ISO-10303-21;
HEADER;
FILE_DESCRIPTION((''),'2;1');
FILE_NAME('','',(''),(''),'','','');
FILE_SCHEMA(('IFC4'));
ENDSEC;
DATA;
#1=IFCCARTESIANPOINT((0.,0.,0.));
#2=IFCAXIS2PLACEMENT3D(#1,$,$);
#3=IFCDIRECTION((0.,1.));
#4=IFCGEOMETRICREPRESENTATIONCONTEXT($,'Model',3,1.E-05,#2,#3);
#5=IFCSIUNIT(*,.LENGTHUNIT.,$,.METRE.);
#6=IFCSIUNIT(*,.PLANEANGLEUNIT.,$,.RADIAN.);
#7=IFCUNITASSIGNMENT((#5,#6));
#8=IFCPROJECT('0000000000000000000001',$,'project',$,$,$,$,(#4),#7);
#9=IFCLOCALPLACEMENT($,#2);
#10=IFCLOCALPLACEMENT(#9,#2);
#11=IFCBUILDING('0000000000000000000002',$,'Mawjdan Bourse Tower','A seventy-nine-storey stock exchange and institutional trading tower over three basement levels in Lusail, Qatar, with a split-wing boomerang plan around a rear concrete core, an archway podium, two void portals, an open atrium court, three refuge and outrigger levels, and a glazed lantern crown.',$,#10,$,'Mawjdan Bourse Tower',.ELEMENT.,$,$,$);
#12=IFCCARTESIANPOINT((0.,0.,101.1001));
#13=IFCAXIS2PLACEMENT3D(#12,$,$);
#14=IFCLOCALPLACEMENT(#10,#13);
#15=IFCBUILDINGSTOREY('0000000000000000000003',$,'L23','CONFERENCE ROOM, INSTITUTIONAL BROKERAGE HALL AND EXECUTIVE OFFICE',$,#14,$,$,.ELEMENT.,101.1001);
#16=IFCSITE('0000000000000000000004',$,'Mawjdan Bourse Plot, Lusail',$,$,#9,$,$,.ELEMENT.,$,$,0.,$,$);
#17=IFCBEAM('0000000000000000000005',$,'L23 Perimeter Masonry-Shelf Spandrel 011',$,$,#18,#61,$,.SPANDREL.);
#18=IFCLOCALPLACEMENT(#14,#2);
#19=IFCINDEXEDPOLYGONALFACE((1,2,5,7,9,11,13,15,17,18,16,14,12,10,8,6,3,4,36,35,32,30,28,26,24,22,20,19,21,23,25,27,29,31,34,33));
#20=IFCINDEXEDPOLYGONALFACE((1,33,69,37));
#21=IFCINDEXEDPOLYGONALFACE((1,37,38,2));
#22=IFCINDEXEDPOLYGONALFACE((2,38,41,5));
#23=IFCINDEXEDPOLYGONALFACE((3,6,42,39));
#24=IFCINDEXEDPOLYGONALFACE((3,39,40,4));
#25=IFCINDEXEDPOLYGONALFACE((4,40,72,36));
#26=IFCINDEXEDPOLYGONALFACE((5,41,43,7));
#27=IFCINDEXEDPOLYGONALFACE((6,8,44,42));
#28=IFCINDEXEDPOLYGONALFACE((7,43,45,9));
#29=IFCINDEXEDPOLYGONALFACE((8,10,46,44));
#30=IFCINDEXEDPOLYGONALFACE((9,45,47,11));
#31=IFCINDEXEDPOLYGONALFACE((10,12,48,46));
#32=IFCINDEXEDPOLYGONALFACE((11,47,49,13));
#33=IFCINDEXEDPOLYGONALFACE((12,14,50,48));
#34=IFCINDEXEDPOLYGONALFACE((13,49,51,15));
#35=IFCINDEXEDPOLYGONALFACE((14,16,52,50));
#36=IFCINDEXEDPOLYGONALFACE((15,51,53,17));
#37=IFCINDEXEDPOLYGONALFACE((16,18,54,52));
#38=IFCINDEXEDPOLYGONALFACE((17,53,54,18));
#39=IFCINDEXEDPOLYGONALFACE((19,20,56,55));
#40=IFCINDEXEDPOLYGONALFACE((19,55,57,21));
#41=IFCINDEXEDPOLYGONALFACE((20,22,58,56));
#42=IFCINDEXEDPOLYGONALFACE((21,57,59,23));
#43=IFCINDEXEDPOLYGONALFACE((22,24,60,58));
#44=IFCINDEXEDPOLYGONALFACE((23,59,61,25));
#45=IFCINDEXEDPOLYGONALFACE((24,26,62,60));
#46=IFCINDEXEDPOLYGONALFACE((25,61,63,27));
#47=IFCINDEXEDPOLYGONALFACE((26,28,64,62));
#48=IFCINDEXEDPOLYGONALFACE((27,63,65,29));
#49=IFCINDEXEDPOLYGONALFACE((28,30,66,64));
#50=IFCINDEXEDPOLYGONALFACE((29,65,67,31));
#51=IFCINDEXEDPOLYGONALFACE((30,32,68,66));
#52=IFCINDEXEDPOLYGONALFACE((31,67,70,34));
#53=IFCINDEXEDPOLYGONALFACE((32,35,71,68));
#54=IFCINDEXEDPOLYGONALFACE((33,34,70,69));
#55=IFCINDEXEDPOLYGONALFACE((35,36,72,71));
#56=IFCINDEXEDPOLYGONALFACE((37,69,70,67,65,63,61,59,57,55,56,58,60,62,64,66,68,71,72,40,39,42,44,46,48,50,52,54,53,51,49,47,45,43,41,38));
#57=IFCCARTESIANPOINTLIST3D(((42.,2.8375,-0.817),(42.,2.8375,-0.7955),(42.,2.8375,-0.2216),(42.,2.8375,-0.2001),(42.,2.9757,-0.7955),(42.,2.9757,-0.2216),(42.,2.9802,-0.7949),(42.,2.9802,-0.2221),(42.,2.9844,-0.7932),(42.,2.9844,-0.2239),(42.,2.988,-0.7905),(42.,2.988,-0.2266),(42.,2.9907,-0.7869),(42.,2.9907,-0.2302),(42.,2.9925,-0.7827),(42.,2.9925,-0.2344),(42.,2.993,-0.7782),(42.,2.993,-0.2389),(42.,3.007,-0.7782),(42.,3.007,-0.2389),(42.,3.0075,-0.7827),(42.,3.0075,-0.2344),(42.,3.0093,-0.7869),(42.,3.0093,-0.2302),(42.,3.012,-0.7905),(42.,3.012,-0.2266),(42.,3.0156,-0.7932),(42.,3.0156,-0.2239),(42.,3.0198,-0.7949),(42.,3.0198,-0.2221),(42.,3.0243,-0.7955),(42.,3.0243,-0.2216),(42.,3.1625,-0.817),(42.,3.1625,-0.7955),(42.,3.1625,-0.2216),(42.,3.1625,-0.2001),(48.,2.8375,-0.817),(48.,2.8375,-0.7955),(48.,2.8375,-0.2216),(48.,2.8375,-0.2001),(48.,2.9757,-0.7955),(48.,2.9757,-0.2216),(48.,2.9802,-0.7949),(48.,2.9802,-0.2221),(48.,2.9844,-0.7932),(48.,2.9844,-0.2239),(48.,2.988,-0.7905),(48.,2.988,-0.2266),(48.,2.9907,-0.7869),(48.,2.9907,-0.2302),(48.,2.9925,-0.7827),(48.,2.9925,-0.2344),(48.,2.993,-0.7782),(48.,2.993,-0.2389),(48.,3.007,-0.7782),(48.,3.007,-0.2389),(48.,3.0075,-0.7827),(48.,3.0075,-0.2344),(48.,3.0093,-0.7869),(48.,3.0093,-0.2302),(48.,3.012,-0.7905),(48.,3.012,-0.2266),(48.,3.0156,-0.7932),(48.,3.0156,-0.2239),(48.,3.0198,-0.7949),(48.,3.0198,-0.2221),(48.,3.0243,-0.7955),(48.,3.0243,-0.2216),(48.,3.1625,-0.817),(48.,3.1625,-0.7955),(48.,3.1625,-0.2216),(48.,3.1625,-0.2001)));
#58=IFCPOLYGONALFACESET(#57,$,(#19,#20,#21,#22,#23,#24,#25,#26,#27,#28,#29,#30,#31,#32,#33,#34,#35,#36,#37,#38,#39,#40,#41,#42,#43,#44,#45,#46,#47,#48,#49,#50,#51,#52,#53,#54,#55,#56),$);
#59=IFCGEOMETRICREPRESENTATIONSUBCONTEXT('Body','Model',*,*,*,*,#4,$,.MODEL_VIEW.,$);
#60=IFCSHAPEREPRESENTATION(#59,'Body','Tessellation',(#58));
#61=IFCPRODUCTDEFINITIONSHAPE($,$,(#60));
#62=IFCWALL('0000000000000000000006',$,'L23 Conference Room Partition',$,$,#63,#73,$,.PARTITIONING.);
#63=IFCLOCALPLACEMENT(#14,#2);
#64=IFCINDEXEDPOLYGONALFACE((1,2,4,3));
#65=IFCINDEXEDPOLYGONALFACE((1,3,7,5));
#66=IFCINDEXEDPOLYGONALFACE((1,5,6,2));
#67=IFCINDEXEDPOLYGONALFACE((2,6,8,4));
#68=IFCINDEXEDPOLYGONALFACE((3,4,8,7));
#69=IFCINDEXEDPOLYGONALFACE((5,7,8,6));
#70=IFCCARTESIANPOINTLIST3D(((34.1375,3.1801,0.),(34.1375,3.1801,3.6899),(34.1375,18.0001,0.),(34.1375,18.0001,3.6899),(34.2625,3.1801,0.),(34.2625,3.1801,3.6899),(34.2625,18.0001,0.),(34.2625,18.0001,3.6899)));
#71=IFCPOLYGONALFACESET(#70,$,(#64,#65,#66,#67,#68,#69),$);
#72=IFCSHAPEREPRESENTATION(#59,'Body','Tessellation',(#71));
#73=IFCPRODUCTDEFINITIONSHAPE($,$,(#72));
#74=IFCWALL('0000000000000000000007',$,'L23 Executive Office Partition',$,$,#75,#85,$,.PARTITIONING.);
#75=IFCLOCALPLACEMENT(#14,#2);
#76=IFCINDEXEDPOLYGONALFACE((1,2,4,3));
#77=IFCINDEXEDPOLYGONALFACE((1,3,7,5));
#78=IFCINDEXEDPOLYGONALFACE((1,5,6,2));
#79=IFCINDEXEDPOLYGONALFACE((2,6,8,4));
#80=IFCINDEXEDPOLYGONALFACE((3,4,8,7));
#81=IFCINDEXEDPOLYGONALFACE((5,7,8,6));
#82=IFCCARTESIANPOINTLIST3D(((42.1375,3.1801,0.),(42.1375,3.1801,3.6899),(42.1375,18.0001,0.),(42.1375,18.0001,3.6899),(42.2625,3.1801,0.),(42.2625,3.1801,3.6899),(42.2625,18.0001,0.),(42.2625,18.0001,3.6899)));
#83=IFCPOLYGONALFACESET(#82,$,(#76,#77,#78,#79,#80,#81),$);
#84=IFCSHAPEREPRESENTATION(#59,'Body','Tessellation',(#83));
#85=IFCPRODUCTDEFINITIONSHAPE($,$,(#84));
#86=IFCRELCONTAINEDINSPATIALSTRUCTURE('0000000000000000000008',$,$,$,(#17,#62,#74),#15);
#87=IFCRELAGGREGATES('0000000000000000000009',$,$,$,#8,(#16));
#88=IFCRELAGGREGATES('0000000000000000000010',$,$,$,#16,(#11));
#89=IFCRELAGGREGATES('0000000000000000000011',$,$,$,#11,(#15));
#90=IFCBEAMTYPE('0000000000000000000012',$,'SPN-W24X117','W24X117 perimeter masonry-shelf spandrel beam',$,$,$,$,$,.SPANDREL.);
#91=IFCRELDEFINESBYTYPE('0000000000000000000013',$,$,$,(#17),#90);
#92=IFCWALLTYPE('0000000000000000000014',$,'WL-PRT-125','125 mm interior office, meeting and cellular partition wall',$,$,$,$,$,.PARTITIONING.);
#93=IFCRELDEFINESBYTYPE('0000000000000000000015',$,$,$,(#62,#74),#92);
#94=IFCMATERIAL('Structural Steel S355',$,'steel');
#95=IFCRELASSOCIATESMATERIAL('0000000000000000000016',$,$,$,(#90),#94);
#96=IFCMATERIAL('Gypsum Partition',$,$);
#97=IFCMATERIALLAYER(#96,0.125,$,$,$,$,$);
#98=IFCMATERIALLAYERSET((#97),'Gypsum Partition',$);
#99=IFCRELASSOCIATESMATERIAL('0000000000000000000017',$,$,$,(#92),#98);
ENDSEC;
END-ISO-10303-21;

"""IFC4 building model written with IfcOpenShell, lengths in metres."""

from ifc_helpers import new_model, si_unit, direction, frame, frame_2d, origin, origin_2d, place, context, subcontext, project, spatial, rectangle, i_section, extrude, material, layer, layer_set, material_profile, profile_set, type_object, element, save


model = new_model("IFC4")

# Units and contexts
model_context = context("Model", 3, precision=1e-05, world=origin(), true_north=direction((0.0, 1.0)))
body_context = subcontext(model_context, "Body", "Model", "MODEL_VIEW")
ifc_project = project(units=[si_unit("LENGTHUNIT", "METRE"), si_unit("PLANEANGLEUNIT", "RADIAN")], contexts=[model_context])

# Site, building, storey
site_placement = place(None, origin())
site = spatial("IfcSite", under=ifc_project, at=site_placement, Name="Mawjdan Bourse Plot, Lusail", CompositionType="ELEMENT", RefElevation=0.0)
building_placement = place(site_placement, origin())
building = spatial("IfcBuilding", under=site, at=building_placement, Name="Mawjdan Bourse Tower", Description="A seventy-nine-storey stock exchange and institutional trading tower over three basement levels in Lusail, Qatar, with a split-wing boomerang plan around a rear concrete core, an archway podium, two void portals, an open atrium court, three refuge and outrigger levels, and a glazed lantern crown.", LongName="Mawjdan Bourse Tower", CompositionType="ELEMENT")
storey_placement = place(building_placement, frame((0.0, 0.0, 101.1001)))
storey = spatial("IfcBuildingStorey", under=building, at=storey_placement, Name="L23", Description="CONFERENCE ROOM, INSTITUTIONAL BROKERAGE HALL AND EXECUTIVE OFFICE", CompositionType="ELEMENT", Elevation=101.1001)

# Beam
ifc_material_1 = material(Name="Structural Steel S355", Category="steel")
ifc_material_profile_1 = material_profile(ifc_material_1, i_section(OverallWidth=0.325, OverallDepth=0.6169, WebThickness=0.0139, FlangeThickness=0.0215, FilletRadius=0.0173, at=origin_2d()), Name="W24X117")
ifc_profile_set_1 = profile_set([ifc_material_profile_1], Name="Structural Steel S355")
beam_type_1 = type_object("IfcBeamType", Name="SPN-W24X117", Description="W24X117 perimeter masonry-shelf spandrel beam", PredefinedType="SPANDREL", material=ifc_profile_set_1)
beam_1_placement = place(storey_placement, frame((42.0, 3.0, -0.5085), z_axis=(1.0, 0.0, 0.0), x_axis=(0.0, 1.0, 0.0)))
element("IfcBeam", 1, at=beam_1_placement, inside=storey, type_object=beam_type_1, Name="L23 Perimeter Masonry-Shelf Spandrel 011", PredefinedType="SPANDREL", context=body_context, shape_type="SweptSolid", body=[
    extrude(i_section(OverallWidth=0.325, OverallDepth=0.6169, WebThickness=0.0139, FlangeThickness=0.0215, FilletRadius=0.0173, at=origin_2d()), origin(), (0.0, 0.0, 1.0), 6.0),
])

# Walls
ifc_material_2 = material(Name="Gypsum Partition")
ifc_layer = layer(ifc_material_2, 0.125)
ifc_layer_set = layer_set([ifc_layer], Name="Gypsum Partition")
wall_type = type_object("IfcWallType", Name="WL-PRT-125", Description="125 mm interior office, meeting and cellular partition wall", PredefinedType="PARTITIONING", material=ifc_layer_set)
for number, where, z_axis, x_axis, name in (
    (2, (34.2, 3.1799, 0.0), (0.0, 0.0, 1.0), (0.0, 1.0, 0.0), "L23 Conference Room Partition"),
    (3, (42.2, 3.1799, 0.0), (0.0, 0.0, 1.0), (0.0, 1.0, 0.0), "L23 Executive Office Partition"),
):
    element("IfcWall", number, at=place(storey_placement, frame(where, z_axis=z_axis, x_axis=x_axis)), inside=storey, type_object=wall_type, Name=name, PredefinedType="PARTITIONING", context=body_context, shape_type="SweptSolid", body=[
        extrude(rectangle(XDim=14.8201, YDim=0.125, at=frame_2d((7.4102, 0.0))), origin(), (0.0, 0.0, 1.0), 3.6899),
    ])

save(model, "model.ifc")
